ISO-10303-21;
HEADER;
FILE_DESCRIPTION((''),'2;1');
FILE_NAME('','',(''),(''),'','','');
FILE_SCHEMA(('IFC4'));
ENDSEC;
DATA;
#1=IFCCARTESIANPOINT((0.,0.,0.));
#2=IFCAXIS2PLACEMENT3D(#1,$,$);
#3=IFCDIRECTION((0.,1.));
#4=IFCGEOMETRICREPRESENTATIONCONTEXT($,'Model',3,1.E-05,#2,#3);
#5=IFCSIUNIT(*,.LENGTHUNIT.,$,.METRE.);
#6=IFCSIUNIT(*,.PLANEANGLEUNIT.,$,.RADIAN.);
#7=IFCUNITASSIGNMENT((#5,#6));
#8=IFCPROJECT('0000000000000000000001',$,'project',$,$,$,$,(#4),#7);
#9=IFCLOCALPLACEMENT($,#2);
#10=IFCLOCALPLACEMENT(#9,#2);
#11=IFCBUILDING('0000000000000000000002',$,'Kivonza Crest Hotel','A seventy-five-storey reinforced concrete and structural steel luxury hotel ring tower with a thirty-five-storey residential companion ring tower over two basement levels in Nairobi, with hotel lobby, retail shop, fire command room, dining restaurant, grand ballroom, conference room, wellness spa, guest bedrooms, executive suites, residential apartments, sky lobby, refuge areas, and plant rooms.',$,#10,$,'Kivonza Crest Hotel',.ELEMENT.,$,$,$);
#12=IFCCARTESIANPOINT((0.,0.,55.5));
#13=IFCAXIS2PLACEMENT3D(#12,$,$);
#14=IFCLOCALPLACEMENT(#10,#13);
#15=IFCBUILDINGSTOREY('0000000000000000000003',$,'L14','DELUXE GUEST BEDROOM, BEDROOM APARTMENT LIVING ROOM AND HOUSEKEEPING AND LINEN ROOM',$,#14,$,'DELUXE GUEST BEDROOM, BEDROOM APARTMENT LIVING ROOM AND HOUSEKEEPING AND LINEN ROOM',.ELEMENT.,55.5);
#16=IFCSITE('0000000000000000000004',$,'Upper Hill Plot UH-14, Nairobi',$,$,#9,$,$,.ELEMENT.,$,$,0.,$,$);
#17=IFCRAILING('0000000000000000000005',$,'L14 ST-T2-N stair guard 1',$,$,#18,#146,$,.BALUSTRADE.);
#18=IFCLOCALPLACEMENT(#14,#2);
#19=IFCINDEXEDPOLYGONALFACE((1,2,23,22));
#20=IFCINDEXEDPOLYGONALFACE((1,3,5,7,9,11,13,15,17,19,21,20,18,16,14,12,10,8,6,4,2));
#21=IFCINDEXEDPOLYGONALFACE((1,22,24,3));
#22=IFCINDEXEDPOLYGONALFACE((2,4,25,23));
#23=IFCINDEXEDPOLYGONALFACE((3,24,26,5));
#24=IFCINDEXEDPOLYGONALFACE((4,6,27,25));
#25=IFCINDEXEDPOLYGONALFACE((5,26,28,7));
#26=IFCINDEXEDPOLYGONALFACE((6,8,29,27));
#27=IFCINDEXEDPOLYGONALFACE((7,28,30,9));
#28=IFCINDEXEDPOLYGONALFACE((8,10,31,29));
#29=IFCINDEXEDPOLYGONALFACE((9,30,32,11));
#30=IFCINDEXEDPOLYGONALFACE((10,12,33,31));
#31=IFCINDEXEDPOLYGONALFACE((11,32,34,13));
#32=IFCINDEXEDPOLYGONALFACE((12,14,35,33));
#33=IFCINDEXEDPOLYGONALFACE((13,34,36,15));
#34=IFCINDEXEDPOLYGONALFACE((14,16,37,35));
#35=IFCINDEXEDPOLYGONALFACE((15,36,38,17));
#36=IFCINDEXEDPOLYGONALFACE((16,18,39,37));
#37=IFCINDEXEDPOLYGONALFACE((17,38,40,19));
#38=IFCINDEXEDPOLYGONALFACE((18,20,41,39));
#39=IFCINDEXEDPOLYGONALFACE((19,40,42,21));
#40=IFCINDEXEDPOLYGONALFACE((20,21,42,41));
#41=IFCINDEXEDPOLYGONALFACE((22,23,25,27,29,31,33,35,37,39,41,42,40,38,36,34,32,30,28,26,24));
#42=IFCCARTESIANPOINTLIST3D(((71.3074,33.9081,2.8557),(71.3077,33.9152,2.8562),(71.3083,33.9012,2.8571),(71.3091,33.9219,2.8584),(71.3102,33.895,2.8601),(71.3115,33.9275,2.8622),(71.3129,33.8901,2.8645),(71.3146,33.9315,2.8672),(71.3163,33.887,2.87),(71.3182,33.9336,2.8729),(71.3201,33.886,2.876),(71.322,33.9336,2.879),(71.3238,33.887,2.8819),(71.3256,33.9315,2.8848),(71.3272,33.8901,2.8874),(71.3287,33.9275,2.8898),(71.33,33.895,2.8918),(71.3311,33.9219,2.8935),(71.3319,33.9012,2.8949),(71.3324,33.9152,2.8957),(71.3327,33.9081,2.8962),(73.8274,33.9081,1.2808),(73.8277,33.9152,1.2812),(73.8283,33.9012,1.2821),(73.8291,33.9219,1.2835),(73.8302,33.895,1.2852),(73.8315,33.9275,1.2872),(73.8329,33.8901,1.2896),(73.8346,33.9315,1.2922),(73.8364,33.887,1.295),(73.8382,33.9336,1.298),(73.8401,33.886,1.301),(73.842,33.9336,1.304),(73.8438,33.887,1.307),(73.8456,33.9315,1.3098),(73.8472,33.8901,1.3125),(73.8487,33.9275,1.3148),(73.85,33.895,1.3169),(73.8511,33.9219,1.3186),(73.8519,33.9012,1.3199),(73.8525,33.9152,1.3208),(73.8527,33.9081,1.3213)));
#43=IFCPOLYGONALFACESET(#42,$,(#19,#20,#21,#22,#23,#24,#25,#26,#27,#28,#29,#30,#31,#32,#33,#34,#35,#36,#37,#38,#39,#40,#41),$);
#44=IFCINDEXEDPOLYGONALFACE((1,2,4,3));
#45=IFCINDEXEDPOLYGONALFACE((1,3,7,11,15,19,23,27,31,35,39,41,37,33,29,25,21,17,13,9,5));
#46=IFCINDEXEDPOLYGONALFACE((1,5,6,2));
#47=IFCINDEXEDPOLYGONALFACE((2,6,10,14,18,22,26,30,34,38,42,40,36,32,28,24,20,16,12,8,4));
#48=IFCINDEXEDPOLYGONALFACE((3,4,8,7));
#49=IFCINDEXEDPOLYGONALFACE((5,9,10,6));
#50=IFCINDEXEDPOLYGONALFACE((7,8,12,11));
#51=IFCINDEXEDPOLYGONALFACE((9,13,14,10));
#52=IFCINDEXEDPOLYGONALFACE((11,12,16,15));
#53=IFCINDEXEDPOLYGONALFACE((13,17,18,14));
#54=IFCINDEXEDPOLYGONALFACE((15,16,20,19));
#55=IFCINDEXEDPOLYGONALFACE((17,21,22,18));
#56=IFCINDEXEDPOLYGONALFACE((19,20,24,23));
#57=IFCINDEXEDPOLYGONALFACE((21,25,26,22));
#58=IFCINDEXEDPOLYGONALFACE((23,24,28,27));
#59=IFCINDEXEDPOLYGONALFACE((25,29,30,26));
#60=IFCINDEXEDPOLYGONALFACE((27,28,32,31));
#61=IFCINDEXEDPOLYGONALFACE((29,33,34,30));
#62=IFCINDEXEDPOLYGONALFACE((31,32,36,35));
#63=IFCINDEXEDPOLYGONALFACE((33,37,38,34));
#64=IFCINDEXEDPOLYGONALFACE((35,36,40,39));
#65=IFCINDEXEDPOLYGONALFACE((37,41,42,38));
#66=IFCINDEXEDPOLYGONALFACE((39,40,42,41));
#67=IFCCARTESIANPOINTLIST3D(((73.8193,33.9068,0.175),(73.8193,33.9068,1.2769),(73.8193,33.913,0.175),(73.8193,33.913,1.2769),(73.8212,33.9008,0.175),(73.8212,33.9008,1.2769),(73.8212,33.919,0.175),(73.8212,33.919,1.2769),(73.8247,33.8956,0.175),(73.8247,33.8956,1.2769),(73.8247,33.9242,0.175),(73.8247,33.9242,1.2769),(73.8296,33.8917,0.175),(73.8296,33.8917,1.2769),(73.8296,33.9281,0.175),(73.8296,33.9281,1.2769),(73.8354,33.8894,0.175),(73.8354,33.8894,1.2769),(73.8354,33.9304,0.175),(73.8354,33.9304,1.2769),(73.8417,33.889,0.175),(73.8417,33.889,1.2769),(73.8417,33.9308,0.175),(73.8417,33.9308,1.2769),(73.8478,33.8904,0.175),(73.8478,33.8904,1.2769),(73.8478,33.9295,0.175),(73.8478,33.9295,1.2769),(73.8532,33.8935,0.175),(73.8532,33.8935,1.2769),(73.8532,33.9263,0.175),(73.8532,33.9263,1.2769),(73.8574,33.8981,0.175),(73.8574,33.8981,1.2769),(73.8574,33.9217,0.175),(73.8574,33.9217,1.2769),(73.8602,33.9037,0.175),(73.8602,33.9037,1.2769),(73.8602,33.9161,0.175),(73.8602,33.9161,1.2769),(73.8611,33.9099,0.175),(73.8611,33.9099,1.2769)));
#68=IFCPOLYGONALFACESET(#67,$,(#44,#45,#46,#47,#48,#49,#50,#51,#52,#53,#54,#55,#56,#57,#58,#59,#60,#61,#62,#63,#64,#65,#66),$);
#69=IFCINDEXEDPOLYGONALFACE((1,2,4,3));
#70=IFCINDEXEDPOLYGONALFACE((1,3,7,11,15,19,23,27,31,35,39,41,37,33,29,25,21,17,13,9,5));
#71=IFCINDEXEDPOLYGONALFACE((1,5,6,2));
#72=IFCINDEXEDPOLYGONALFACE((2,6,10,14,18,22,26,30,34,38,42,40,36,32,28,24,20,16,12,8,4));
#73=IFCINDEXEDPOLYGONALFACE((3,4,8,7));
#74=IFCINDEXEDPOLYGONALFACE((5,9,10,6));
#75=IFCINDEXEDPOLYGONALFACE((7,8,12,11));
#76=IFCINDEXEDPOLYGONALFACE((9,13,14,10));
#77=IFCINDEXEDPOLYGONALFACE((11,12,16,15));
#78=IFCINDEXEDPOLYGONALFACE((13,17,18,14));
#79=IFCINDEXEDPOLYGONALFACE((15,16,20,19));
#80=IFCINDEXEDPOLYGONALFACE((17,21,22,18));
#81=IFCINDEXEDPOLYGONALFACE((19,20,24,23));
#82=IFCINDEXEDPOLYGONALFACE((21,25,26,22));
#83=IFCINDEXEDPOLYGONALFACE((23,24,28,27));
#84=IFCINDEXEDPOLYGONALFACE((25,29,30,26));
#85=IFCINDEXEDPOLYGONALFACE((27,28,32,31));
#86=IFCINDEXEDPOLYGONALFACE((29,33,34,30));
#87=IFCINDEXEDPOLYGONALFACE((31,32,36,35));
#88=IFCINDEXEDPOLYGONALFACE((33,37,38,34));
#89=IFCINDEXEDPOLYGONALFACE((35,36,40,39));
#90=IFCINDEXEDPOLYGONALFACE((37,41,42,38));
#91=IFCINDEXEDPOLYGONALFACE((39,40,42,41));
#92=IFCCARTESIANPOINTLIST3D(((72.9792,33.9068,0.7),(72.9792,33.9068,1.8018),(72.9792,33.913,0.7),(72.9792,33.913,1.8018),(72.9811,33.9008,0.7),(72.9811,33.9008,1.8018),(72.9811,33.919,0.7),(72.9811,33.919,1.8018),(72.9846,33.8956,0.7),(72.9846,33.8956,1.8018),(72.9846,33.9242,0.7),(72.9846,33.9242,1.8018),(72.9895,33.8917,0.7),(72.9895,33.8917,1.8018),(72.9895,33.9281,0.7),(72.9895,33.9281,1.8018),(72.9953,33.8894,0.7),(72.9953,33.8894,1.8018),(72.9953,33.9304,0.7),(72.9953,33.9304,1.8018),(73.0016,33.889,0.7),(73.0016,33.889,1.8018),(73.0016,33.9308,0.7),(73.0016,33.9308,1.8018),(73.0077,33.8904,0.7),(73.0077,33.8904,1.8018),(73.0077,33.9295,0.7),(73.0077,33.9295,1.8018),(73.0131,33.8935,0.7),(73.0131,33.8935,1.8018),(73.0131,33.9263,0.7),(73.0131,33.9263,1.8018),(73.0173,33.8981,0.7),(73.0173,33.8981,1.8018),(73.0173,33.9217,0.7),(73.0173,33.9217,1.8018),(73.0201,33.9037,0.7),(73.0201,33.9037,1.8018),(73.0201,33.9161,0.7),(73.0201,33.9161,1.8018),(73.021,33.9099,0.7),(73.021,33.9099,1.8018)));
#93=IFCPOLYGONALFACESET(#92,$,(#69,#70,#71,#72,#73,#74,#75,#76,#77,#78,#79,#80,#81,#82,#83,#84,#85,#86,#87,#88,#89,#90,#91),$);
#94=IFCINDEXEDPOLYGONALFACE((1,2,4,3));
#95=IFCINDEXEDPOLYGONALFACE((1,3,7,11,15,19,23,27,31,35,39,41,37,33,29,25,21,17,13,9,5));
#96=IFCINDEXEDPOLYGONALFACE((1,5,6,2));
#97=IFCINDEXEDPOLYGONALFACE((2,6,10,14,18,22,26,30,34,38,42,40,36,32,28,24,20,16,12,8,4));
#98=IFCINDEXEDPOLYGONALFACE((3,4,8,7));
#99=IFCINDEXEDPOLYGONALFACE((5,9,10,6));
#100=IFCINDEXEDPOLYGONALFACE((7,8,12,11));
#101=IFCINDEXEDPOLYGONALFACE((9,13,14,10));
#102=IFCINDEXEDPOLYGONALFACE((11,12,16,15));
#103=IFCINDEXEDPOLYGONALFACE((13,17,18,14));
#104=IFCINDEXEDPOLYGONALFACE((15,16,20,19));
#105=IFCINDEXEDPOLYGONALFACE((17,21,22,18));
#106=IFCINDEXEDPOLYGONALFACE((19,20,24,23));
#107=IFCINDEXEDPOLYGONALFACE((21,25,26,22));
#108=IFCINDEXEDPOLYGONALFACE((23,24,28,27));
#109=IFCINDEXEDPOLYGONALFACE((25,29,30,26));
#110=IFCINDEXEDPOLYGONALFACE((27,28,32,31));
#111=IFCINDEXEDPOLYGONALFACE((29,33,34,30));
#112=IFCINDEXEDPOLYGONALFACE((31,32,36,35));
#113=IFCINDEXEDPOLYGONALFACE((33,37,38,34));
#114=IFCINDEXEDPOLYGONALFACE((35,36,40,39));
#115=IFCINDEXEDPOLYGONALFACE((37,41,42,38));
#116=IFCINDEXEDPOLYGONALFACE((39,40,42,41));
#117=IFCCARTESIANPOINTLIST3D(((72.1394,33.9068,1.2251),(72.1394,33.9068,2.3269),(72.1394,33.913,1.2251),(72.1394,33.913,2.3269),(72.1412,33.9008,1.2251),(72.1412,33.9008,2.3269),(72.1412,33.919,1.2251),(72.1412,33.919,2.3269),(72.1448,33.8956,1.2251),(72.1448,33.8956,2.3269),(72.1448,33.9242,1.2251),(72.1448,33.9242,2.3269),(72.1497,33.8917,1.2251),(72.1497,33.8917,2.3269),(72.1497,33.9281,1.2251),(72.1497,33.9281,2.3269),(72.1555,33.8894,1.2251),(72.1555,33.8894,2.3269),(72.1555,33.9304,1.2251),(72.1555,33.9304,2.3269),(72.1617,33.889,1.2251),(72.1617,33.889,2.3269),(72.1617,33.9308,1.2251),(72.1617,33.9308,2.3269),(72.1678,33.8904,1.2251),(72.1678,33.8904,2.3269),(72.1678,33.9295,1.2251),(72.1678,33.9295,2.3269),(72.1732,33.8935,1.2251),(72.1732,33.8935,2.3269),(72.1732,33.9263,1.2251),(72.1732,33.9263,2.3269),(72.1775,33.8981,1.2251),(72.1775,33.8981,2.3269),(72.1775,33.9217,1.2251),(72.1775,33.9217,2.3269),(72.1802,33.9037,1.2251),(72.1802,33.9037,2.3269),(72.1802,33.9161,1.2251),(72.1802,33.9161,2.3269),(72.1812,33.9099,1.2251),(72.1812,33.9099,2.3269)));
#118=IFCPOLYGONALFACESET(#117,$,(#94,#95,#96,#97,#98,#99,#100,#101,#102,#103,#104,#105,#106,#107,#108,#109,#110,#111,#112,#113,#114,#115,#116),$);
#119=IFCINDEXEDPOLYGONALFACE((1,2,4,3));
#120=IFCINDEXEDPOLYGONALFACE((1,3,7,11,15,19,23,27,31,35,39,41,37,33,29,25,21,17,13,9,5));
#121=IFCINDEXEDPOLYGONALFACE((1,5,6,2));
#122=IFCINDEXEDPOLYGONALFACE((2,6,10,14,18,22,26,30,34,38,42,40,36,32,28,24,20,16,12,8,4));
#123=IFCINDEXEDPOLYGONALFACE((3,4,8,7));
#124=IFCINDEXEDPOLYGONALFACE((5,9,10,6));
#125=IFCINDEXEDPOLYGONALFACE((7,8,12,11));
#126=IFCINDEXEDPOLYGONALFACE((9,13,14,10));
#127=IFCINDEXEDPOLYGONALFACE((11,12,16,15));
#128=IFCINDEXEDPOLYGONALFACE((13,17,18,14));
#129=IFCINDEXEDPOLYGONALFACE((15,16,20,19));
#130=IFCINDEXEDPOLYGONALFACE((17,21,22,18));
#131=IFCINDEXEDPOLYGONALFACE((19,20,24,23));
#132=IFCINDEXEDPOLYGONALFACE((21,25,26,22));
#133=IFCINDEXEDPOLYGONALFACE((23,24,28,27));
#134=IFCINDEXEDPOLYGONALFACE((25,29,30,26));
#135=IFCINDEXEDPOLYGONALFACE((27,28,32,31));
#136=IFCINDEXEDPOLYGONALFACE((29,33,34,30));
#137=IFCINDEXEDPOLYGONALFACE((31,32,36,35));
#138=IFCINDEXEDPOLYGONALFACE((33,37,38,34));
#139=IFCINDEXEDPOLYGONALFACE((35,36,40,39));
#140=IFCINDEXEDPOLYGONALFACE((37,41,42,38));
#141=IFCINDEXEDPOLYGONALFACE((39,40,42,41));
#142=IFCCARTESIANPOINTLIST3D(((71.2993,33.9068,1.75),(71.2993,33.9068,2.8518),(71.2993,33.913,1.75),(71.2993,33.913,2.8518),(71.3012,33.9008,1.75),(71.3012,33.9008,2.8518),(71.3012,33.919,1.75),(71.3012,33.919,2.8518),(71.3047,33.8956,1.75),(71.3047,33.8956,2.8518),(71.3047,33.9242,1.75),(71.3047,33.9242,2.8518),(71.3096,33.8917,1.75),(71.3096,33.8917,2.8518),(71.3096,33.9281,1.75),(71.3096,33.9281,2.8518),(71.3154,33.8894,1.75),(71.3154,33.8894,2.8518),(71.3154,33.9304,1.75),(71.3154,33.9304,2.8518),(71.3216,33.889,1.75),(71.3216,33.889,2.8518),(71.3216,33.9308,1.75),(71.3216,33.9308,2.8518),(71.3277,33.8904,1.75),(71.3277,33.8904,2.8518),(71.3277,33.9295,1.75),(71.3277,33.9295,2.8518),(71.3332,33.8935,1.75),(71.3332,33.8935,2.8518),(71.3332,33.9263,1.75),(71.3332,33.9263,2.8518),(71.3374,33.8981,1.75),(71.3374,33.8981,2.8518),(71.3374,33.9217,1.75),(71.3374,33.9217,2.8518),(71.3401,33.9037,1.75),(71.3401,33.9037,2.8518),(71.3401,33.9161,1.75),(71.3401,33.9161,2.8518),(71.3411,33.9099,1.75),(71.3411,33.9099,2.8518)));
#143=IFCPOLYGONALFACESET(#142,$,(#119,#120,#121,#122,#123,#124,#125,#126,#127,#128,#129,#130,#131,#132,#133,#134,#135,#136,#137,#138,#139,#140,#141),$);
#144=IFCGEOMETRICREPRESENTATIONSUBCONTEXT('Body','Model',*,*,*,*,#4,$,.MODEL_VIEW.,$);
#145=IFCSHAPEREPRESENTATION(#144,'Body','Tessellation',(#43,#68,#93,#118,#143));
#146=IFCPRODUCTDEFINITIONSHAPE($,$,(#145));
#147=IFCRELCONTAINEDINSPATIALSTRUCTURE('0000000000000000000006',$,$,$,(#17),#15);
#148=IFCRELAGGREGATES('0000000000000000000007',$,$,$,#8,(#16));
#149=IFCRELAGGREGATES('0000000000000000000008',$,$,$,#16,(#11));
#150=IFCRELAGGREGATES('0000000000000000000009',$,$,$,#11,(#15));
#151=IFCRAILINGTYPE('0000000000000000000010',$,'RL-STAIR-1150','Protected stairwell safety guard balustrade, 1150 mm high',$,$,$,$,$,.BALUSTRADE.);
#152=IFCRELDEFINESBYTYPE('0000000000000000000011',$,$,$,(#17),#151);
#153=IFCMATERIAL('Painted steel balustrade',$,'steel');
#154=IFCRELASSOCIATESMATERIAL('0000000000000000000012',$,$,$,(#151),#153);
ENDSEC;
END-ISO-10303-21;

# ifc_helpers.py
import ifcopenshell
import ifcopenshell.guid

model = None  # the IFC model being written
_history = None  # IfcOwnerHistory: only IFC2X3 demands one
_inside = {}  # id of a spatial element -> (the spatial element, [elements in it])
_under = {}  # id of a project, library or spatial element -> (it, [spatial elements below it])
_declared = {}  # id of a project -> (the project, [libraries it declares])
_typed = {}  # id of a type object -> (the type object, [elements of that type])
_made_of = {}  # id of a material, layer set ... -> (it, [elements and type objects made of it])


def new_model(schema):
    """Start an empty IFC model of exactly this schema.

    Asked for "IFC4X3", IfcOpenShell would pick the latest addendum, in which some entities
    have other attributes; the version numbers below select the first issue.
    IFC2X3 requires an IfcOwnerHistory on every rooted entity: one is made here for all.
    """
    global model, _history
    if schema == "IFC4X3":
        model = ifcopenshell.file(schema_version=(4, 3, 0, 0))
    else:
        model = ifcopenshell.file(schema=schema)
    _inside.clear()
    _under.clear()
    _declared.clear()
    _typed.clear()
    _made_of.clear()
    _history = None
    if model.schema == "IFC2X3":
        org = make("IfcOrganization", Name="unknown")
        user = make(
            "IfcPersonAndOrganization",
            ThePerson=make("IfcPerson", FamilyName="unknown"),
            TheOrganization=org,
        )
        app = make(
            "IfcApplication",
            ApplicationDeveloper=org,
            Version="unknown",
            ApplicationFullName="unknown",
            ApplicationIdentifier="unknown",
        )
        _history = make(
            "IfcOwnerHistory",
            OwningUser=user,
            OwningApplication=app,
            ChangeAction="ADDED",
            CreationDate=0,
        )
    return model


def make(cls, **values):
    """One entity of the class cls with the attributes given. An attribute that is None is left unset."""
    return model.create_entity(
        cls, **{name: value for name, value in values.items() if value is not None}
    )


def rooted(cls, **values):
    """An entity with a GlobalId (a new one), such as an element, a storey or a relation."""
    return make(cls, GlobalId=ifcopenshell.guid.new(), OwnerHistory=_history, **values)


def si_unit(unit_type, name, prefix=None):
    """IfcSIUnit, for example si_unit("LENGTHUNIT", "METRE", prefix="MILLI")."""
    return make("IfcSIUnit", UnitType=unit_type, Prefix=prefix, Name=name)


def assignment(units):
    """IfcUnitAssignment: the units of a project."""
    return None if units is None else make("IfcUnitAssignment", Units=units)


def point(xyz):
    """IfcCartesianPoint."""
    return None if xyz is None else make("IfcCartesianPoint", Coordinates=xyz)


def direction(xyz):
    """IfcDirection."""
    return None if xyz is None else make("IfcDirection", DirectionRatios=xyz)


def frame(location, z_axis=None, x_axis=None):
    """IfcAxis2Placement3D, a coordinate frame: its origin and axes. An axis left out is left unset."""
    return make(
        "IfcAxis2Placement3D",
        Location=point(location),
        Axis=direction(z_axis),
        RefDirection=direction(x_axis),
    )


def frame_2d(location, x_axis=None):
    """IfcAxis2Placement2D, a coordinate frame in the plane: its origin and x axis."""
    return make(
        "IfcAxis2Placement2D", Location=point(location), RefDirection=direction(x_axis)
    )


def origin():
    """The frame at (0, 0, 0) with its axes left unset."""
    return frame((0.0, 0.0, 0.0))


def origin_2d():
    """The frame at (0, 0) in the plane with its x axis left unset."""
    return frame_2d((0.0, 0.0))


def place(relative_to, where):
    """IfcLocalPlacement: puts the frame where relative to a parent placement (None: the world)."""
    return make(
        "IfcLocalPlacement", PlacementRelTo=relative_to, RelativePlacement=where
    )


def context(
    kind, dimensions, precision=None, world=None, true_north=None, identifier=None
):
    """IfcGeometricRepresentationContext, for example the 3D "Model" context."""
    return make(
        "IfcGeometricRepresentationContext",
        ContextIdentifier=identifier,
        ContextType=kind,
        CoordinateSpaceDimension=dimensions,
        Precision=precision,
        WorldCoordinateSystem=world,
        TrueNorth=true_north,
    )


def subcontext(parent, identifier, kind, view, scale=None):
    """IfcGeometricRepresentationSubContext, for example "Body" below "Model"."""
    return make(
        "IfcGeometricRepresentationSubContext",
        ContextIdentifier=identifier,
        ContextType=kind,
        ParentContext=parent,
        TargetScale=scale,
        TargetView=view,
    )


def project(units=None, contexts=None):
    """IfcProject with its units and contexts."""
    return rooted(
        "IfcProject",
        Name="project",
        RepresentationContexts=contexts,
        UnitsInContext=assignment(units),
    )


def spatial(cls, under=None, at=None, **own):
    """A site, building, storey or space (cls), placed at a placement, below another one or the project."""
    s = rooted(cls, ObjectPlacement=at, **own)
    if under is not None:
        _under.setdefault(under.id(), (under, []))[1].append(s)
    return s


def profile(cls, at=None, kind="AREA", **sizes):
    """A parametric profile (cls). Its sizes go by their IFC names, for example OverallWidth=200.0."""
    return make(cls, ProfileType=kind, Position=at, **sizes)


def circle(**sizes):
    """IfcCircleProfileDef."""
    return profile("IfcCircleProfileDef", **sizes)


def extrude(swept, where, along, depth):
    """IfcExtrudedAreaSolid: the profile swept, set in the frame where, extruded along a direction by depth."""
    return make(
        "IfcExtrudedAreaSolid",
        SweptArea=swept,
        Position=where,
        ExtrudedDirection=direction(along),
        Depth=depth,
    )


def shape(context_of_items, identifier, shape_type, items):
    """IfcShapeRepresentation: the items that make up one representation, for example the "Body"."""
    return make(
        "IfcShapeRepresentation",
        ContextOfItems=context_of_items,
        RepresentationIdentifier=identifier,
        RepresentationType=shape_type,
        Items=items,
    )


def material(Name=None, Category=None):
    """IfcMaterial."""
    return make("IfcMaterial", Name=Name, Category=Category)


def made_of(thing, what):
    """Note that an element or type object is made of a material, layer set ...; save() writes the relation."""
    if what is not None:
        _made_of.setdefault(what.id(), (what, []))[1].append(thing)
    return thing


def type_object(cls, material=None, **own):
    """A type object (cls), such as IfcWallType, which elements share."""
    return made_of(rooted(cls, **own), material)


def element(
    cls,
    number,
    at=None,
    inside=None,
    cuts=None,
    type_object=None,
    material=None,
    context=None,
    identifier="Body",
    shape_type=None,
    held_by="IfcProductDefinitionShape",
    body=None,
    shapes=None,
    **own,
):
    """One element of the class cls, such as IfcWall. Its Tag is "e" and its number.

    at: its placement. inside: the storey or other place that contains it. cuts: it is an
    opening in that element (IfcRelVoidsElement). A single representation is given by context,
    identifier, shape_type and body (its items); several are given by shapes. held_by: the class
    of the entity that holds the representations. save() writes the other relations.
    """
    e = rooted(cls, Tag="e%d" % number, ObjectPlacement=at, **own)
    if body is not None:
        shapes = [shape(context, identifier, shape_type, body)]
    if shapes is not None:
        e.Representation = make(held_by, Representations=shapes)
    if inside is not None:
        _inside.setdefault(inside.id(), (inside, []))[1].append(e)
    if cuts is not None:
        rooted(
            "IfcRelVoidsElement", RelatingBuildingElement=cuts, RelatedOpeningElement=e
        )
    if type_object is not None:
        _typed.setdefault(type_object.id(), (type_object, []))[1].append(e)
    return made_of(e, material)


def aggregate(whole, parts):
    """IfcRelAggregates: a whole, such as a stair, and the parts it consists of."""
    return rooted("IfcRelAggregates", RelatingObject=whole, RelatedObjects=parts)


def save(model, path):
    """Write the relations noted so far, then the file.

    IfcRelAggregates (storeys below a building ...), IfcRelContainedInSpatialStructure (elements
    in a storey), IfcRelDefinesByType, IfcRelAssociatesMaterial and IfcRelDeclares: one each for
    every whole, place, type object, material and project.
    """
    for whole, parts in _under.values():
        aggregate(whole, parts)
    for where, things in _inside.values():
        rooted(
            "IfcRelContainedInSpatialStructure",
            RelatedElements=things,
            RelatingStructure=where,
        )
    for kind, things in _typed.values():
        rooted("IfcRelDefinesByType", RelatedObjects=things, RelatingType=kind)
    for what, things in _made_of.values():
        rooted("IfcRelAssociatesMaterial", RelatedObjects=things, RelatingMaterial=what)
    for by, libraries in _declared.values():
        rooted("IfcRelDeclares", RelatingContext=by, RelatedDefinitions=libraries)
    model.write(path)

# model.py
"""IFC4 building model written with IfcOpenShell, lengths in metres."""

from ifc_helpers import new_model, si_unit, direction, frame, origin, origin_2d, place, context, subcontext, project, spatial, circle, extrude, material, type_object, element, save


model = new_model("IFC4")

# Units and contexts
model_context = context("Model", 3, precision=1e-05, world=origin(), true_north=direction((0.0, 1.0)))
body_context = subcontext(model_context, "Body", "Model", "MODEL_VIEW")
ifc_project = project(units=[si_unit("LENGTHUNIT", "METRE"), si_unit("PLANEANGLEUNIT", "RADIAN")], contexts=[model_context])

# Site, building, storey
site_placement = place(None, origin())
site = spatial("IfcSite", under=ifc_project, at=site_placement, Name="Upper Hill Plot UH-14, Nairobi", CompositionType="ELEMENT", RefElevation=0.0)
building_placement = place(site_placement, origin())
building = spatial("IfcBuilding", under=site, at=building_placement, Name="Kivonza Crest Hotel", Description="A seventy-five-storey reinforced concrete and structural steel luxury hotel ring tower with a thirty-five-storey residential companion ring tower over two basement levels in Nairobi, with hotel lobby, retail shop, fire command room, dining restaurant, grand ballroom, conference room, wellness spa, guest bedrooms, executive suites, residential apartments, sky lobby, refuge areas, and plant rooms.", LongName="Kivonza Crest Hotel", CompositionType="ELEMENT")
storey_placement = place(building_placement, frame((0.0, 0.0, 55.5)))
storey = spatial("IfcBuildingStorey", under=building, at=storey_placement, Name="L14", Description="DELUXE GUEST BEDROOM, BEDROOM APARTMENT LIVING ROOM AND HOUSEKEEPING AND LINEN ROOM", LongName="DELUXE GUEST BEDROOM, BEDROOM APARTMENT LIVING ROOM AND HOUSEKEEPING AND LINEN ROOM", CompositionType="ELEMENT", Elevation=55.5)

# Railing
ifc_material_1 = material(Name="Painted steel balustrade", Category="steel")
railing_type_1 = type_object("IfcRailingType", Name="RL-STAIR-1150", Description="Protected stairwell safety guard balustrade, 1150 mm high", PredefinedType="BALUSTRADE", material=ifc_material_1)
railing_1_placement = place(storey_placement, frame((73.8401, 33.9099, 0.175)))
element("IfcRailing", 1, at=railing_1_placement, inside=storey, type_object=railing_type_1, Name="L14 ST-T2-N stair guard 1", PredefinedType="BALUSTRADE", context=body_context, shape_type="SweptSolid", body=[
    extrude(circle(Radius=0.0239, at=origin_2d()), frame((0.0, 0.0, 1.126), z_axis=(-0.848008, 0.0, 0.529984), x_axis=(0.0, -1.0, 0.0)), (0.0, 0.0, 1.0), 2.9717),
    extrude(circle(Radius=0.021, at=origin_2d()), origin(), (0.0, 0.0, 1.0), 1.1018),
    extrude(circle(Radius=0.021, at=origin_2d()), frame((-0.8401, 0.0, 0.5249)), (0.0, 0.0, 1.0), 1.1018),
    extrude(circle(Radius=0.021, at=origin_2d()), frame((-1.6799, 0.0, 1.05)), (0.0, 0.0, 1.0), 1.1018),
    extrude(circle(Radius=0.021, at=origin_2d()), frame((-2.52, 0.0, 1.575)), (0.0, 0.0, 1.0), 1.1018),
])

save(model, "model.ifc")
